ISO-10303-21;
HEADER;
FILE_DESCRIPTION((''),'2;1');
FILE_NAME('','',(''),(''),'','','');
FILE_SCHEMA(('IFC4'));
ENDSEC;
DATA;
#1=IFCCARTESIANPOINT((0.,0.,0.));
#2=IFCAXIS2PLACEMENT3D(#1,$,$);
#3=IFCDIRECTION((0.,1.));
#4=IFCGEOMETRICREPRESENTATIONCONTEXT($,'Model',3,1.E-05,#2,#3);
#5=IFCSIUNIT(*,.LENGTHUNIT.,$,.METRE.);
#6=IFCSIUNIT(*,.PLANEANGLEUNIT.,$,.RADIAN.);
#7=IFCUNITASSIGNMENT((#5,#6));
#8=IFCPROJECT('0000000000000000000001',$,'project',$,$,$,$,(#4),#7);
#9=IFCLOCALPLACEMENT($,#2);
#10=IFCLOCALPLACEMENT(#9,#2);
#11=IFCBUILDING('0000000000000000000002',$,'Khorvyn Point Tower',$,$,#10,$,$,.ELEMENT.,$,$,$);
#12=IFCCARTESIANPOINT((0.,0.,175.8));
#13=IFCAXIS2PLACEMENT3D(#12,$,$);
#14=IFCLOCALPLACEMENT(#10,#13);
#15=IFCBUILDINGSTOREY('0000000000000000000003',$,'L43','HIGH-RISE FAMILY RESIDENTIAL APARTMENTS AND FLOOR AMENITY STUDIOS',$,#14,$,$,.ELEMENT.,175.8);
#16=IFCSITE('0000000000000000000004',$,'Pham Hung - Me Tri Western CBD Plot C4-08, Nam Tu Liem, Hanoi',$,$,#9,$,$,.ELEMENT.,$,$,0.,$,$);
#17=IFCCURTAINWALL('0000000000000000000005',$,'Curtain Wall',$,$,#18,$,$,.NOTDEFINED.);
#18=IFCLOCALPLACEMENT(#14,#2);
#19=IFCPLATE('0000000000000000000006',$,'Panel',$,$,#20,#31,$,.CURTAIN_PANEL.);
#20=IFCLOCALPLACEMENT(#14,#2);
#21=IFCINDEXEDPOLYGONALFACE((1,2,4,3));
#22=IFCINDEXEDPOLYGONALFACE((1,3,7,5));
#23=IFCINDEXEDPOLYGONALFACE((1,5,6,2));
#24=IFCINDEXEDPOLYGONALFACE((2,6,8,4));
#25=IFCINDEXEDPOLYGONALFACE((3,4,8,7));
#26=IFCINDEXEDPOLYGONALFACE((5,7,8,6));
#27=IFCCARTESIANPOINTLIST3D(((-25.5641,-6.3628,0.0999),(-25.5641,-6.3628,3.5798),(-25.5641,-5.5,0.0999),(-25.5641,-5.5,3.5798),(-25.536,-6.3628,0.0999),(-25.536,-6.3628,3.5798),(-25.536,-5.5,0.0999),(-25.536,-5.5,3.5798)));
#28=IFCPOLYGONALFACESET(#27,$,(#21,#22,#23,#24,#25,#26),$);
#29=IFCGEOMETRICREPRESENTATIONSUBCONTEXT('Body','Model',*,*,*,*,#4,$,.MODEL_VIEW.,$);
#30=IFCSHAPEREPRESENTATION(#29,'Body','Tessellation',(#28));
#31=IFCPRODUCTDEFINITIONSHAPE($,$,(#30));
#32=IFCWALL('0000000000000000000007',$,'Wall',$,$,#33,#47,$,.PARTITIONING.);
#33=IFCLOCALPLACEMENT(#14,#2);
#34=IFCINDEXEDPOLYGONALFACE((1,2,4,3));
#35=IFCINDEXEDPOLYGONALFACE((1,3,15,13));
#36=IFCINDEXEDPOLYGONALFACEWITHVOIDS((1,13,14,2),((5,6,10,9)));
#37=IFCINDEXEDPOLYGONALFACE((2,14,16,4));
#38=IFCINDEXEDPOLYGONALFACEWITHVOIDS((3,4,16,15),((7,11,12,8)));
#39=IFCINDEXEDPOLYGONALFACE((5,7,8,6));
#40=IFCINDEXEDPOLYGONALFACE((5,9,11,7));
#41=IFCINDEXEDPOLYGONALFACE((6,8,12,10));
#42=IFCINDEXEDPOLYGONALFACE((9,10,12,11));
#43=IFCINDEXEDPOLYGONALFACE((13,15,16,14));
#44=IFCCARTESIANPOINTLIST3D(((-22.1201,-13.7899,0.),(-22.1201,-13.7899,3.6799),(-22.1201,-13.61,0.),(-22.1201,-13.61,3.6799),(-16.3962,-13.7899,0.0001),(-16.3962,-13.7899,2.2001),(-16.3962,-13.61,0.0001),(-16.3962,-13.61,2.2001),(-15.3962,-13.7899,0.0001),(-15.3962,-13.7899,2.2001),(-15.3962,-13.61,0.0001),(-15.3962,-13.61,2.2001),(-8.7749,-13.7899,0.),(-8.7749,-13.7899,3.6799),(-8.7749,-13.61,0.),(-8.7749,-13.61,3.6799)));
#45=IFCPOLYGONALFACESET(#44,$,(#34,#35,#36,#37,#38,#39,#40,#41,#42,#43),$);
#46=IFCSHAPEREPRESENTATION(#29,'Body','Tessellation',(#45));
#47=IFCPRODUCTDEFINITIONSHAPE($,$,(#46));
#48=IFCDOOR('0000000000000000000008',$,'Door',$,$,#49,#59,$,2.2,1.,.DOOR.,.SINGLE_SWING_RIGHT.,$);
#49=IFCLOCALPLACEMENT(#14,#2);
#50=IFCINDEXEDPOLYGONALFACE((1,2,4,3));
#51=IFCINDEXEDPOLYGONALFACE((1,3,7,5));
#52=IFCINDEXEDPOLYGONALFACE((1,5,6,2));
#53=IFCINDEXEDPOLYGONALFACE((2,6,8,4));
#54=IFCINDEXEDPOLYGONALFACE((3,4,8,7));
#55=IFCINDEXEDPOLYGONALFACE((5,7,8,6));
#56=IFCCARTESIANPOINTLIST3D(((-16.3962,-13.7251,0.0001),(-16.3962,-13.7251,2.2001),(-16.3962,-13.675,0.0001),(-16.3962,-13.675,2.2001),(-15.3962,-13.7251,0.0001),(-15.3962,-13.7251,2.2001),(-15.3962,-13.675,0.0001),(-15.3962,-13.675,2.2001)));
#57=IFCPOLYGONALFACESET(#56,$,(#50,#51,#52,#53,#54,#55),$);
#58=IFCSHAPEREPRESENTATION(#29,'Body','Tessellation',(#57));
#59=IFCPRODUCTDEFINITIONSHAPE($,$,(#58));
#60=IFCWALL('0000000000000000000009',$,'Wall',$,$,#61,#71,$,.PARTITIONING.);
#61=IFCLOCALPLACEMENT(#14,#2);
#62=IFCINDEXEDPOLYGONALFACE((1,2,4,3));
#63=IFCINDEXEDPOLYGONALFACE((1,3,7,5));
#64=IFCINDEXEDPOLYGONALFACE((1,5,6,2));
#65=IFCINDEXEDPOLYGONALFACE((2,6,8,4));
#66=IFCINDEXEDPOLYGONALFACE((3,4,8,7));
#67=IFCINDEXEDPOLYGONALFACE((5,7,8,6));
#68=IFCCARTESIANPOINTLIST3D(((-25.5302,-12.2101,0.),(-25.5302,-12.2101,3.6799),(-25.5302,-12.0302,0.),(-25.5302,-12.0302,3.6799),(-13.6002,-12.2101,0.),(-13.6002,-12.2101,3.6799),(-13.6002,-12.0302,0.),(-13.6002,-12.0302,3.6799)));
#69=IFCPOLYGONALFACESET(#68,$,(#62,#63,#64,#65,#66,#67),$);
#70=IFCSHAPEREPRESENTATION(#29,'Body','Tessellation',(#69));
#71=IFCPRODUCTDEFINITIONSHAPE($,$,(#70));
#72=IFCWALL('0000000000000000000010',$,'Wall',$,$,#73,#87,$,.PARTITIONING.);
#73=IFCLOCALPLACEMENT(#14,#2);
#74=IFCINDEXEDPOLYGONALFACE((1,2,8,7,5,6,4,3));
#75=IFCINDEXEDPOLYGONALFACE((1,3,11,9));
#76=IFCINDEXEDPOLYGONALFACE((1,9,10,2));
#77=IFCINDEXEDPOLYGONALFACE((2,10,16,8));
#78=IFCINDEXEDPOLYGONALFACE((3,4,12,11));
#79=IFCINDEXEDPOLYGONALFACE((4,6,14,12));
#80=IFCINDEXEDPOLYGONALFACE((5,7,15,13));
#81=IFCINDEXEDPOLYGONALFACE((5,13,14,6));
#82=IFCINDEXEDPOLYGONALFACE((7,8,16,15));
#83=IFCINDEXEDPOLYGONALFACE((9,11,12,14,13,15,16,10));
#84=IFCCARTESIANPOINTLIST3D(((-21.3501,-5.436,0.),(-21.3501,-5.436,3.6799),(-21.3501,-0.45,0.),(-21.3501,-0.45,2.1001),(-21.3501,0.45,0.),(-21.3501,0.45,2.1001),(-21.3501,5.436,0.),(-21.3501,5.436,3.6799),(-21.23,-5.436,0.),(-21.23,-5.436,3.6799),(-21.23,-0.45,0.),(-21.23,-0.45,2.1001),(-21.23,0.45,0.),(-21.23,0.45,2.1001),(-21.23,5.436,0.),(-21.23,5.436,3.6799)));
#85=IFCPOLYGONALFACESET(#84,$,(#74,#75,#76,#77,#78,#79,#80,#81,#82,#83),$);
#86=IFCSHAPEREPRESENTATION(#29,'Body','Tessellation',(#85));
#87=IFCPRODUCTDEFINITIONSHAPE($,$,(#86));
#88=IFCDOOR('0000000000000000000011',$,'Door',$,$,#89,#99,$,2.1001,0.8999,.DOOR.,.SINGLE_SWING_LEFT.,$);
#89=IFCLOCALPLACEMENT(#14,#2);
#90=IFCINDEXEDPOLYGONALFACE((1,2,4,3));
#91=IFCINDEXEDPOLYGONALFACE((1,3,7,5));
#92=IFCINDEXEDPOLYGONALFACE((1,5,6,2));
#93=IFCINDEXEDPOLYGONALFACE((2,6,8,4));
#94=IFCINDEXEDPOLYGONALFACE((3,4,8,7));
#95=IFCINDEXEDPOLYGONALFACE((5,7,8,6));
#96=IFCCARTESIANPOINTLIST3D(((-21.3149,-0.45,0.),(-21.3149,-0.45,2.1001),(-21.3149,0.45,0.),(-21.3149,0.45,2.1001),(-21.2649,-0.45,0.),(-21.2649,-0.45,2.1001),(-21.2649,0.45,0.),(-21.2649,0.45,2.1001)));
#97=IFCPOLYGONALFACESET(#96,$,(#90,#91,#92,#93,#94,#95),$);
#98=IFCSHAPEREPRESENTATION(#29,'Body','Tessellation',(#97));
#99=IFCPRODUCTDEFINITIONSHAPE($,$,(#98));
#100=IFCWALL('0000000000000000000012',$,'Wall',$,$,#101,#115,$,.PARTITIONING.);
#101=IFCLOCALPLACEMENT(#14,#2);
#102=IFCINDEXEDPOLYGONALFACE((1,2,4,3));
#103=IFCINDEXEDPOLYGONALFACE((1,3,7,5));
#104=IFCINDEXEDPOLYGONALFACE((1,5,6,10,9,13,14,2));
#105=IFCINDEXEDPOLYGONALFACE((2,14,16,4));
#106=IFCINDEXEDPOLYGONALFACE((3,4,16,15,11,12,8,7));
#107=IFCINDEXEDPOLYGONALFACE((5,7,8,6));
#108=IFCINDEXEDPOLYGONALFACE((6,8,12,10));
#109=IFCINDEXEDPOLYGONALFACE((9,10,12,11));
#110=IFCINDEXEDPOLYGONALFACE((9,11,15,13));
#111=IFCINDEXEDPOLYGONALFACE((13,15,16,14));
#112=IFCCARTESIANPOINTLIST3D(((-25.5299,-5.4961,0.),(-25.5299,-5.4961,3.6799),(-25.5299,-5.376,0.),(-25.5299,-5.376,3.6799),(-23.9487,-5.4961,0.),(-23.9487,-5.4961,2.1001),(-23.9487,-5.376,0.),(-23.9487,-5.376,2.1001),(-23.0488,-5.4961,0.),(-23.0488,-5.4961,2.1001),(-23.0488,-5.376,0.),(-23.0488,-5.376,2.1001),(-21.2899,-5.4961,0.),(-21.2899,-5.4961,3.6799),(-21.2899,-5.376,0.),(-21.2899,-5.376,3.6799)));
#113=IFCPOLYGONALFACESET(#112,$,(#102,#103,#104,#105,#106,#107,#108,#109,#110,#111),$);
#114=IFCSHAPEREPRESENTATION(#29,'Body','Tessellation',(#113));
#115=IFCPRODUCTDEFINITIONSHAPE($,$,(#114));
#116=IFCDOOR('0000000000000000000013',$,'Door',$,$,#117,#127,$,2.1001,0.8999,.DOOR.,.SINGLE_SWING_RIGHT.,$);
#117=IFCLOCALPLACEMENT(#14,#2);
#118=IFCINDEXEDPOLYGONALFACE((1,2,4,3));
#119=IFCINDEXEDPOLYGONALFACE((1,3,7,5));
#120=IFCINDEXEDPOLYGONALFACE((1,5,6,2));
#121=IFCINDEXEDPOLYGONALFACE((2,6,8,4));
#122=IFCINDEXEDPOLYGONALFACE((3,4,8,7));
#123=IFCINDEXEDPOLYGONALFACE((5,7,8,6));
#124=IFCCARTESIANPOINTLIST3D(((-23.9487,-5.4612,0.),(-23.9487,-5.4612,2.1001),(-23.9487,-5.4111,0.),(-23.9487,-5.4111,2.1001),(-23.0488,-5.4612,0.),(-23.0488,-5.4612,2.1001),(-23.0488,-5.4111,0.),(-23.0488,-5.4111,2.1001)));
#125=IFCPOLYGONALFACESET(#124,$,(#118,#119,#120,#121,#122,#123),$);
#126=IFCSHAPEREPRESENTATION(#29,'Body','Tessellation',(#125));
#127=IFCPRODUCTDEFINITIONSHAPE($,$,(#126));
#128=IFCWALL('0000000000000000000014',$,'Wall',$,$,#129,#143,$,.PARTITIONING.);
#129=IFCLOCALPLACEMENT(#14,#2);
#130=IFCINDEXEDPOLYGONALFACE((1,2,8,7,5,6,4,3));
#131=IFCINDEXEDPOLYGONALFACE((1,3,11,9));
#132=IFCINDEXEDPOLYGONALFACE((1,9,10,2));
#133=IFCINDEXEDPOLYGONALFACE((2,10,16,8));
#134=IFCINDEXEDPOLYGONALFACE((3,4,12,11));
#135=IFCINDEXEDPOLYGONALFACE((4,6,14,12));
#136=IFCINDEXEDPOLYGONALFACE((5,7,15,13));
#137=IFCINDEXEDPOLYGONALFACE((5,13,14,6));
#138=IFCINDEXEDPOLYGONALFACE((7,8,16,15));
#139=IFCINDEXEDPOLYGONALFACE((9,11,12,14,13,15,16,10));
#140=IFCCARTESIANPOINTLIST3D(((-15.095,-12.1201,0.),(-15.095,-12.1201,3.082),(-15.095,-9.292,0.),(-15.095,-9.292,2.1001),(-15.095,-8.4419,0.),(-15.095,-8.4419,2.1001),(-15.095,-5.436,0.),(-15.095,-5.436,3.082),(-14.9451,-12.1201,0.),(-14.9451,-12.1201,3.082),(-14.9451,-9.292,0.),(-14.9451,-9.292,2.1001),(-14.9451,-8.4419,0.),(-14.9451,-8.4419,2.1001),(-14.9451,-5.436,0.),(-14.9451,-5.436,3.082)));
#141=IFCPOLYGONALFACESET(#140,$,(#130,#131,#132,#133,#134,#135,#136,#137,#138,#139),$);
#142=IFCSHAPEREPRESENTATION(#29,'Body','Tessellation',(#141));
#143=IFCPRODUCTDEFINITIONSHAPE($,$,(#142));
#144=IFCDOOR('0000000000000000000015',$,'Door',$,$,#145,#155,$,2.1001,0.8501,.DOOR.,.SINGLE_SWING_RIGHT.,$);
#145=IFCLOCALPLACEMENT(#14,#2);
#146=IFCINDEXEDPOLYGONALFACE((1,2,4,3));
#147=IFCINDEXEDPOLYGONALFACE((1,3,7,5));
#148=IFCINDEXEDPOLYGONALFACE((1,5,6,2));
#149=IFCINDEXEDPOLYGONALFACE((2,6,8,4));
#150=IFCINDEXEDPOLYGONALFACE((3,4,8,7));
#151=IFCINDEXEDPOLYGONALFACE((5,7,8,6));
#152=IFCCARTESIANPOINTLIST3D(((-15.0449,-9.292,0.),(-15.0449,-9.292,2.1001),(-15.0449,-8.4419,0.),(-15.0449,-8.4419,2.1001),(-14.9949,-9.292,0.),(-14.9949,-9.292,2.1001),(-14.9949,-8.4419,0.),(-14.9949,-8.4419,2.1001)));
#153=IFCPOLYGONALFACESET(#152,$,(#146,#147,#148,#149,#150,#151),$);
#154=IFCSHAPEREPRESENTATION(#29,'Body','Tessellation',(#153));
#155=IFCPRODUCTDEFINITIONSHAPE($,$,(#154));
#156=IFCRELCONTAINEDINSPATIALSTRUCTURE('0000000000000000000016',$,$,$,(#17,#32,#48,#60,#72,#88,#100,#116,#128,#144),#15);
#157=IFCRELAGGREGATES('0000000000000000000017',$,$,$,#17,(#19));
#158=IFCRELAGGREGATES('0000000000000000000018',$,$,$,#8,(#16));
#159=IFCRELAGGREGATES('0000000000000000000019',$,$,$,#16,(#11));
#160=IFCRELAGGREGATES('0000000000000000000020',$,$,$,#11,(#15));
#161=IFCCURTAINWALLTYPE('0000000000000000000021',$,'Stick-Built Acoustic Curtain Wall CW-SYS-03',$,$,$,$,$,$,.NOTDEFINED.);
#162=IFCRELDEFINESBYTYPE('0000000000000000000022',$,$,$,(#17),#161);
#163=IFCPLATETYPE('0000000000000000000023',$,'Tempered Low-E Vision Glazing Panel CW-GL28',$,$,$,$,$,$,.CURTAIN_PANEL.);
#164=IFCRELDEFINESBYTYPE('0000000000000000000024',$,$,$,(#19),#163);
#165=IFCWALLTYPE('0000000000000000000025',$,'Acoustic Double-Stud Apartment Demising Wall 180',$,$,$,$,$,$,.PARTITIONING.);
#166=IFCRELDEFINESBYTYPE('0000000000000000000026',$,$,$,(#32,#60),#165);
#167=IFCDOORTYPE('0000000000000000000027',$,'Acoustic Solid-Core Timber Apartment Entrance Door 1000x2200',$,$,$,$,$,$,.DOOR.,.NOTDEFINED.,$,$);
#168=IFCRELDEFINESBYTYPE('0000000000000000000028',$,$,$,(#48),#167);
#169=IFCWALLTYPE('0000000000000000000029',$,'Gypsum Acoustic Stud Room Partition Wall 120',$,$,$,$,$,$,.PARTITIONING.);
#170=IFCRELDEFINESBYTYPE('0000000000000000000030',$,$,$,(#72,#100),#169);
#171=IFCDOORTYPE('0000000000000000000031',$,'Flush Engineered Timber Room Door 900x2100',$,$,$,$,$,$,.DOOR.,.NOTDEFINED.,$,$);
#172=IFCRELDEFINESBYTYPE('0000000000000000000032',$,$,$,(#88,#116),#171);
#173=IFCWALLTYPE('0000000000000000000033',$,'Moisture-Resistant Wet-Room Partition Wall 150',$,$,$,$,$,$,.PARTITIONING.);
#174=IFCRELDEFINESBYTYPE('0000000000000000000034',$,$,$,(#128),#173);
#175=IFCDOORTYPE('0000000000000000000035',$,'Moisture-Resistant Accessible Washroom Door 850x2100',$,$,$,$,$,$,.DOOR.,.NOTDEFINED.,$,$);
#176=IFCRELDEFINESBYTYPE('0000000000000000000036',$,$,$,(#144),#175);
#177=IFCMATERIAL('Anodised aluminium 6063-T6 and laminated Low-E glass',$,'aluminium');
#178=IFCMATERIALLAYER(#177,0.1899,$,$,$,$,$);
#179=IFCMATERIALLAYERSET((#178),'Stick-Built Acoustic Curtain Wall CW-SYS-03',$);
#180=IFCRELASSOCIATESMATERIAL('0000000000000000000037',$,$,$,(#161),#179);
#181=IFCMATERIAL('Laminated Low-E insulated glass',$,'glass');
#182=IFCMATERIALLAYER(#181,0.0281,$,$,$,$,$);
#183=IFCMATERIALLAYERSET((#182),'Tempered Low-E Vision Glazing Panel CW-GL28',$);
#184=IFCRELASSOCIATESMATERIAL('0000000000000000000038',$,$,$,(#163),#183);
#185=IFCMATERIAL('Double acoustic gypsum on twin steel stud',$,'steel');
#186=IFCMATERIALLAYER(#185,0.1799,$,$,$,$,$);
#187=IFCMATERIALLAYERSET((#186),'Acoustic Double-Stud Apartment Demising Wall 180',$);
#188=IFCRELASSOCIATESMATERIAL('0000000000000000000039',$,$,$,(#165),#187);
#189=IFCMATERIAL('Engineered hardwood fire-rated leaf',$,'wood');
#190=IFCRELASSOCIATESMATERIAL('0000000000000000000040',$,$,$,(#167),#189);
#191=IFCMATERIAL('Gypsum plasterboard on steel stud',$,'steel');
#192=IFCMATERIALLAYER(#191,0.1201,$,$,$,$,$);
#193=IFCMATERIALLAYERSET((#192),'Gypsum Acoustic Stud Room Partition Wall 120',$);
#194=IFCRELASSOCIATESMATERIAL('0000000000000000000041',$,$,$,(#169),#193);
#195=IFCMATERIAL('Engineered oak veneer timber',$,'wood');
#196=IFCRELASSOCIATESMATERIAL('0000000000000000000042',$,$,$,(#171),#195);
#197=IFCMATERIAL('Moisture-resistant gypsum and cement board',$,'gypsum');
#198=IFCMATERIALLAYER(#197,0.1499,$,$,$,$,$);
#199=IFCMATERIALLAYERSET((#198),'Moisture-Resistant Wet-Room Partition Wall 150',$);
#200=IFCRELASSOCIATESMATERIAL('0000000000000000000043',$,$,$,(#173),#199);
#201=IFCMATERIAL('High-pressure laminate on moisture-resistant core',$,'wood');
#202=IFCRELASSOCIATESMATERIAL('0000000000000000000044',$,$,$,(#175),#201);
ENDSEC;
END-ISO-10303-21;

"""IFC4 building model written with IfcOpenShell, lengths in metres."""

from ifc_helpers import new_model, si_unit, direction, frame, frame_2d, origin, origin_2d, place, context, subcontext, project, spatial, rectangle, extrude, material, layer, layer_set, type_object, element, fill, aggregate, save


model = new_model("IFC4")

# Units and contexts
model_context = context("Model", 3, precision=1e-05, world=origin(), true_north=direction((0.0, 1.0)))
body_context = subcontext(model_context, "Body", "Model", "MODEL_VIEW")
ifc_project = project(units=[si_unit("LENGTHUNIT", "METRE"), si_unit("PLANEANGLEUNIT", "RADIAN")], contexts=[model_context])

# Site, building, storey
site_placement = place(None, origin())
site = spatial("IfcSite", under=ifc_project, at=site_placement, Name="Pham Hung - Me Tri Western CBD Plot C4-08, Nam Tu Liem, Hanoi", CompositionType="ELEMENT", RefElevation=0.0)
building_placement = place(site_placement, origin())
building = spatial("IfcBuilding", under=site, at=building_placement, Name="Khorvyn Point Tower", CompositionType="ELEMENT")
storey_placement = place(building_placement, frame((0.0, 0.0, 175.8)))
storey = spatial("IfcBuildingStorey", under=building, at=storey_placement, Name="L43", Description="HIGH-RISE FAMILY RESIDENTIAL APARTMENTS AND FLOOR AMENITY STUDIOS", CompositionType="ELEMENT", Elevation=175.8)

# Curtain wall
ifc_material_1 = material(Name="Anodised aluminium 6063-T6 and laminated Low-E glass", Category="aluminium")
ifc_layer_1 = layer(ifc_material_1, 0.1899)
ifc_layer_set_1 = layer_set([ifc_layer_1], Name="Stick-Built Acoustic Curtain Wall CW-SYS-03")
curtain_wall_type = type_object("IfcCurtainWallType", Name="Stick-Built Acoustic Curtain Wall CW-SYS-03", PredefinedType="NOTDEFINED", material=ifc_layer_set_1)
curtain_wall_placement = place(storey_placement, origin())
curtain_wall = element("IfcCurtainWall", 1, at=curtain_wall_placement, inside=storey, type_object=curtain_wall_type, Name="Curtain Wall", PredefinedType="NOTDEFINED")

# Plate
ifc_material_2 = material(Name="Laminated Low-E insulated glass", Category="glass")
ifc_layer_2 = layer(ifc_material_2, 0.0281)
ifc_layer_set_2 = layer_set([ifc_layer_2], Name="Tempered Low-E Vision Glazing Panel CW-GL28")
plate_type = type_object("IfcPlateType", Name="Tempered Low-E Vision Glazing Panel CW-GL28", PredefinedType="CURTAIN_PANEL", material=ifc_layer_set_2)
plate_1_placement = place(storey_placement, frame((-25.55, -5.9314, 0.0999), z_axis=(0.0, 0.0, 1.0), x_axis=(0.0, 1.0, 0.0)))
plate_1 = element("IfcPlate", 2, at=plate_1_placement, type_object=plate_type, Name="Panel", PredefinedType="CURTAIN_PANEL", context=body_context, shape_type="SweptSolid", body=[
    extrude(rectangle(XDim=0.8628, YDim=0.0281, at=origin_2d()), origin(), (0.0, 0.0, 1.0), 3.48),
])
aggregate(curtain_wall, [plate_1])

# Wall, opening, door
ifc_material_3 = material(Name="Double acoustic gypsum on twin steel stud", Category="steel")
ifc_layer_3 = layer(ifc_material_3, 0.1799)
ifc_layer_set_3 = layer_set([ifc_layer_3], Name="Acoustic Double-Stud Apartment Demising Wall 180")
wall_type_1 = type_object("IfcWallType", Name="Acoustic Double-Stud Apartment Demising Wall 180", PredefinedType="PARTITIONING", material=ifc_layer_set_3)
wall_1_placement = place(storey_placement, frame((-22.1201, -13.7, 0.0), z_axis=(0.0, 0.0, 1.0), x_axis=(1.0, 0.0, 0.0)))
wall_1 = element("IfcWall", 3, at=wall_1_placement, inside=storey, type_object=wall_type_1, Name="Wall", PredefinedType="PARTITIONING", context=body_context, shape_type="SweptSolid", body=[
    extrude(rectangle(XDim=13.3452, YDim=0.1799, at=frame_2d((6.6726, 0.0))), origin(), (0.0, 0.0, 1.0), 3.6799),
])
opening_1_placement = place(wall_1_placement, frame((5.7239, 0.0, 0.0)))
opening_1 = element("IfcOpeningElement", 4, at=opening_1_placement, cuts=wall_1, PredefinedType="OPENING", context=body_context, shape_type="SweptSolid", body=[
    extrude(rectangle(XDim=1.0, YDim=2.2, at=frame_2d((0.5, 1.1001))), frame((0.0, 0.0999, 0.0), z_axis=(0.0, -1.0, 0.0), x_axis=(1.0, 0.0, 0.0)), (0.0, 0.0, 1.0), 0.2),
])
ifc_material_4 = material(Name="Engineered hardwood fire-rated leaf", Category="wood")
door_type_1 = type_object("IfcDoorType", Name="Acoustic Solid-Core Timber Apartment Entrance Door 1000x2200", OperationType="NOTDEFINED", PredefinedType="DOOR", material=ifc_material_4)
door_1_placement = place(opening_1_placement, origin())
door_1 = element("IfcDoor", 5, at=door_1_placement, inside=storey, type_object=door_type_1, Name="Door", OperationType="SINGLE_SWING_RIGHT", OverallHeight=2.2, OverallWidth=1.0, PredefinedType="DOOR", context=body_context, shape_type="SweptSolid", body=[
    extrude(rectangle(XDim=1.0, YDim=2.2, at=frame_2d((0.5, 1.1001))), frame((0.0, 0.0249, 0.0), z_axis=(0.0, -1.0, 0.0), x_axis=(1.0, 0.0, 0.0)), (0.0, 0.0, 1.0), 0.05),
])
fill(opening_1, door_1)

# Wall
wall_2_placement = place(storey_placement, frame((-25.53, -12.1201, 0.0), z_axis=(0.0, 0.0, 1.0), x_axis=(1.0, 0.0, 0.0)))
element("IfcWall", 6, at=wall_2_placement, inside=storey, type_object=wall_type_1, Name="Wall", PredefinedType="PARTITIONING", context=body_context, shape_type="SweptSolid", body=[
    extrude(rectangle(XDim=11.9299, YDim=0.1799, at=frame_2d((5.9648, 0.0))), origin(), (0.0, 0.0, 1.0), 3.6799),
])

# Walls, openings, doors
ifc_material_5 = material(Name="Gypsum plasterboard on steel stud", Category="steel")
ifc_layer_4 = layer(ifc_material_5, 0.1201)
ifc_layer_set_4 = layer_set([ifc_layer_4], Name="Gypsum Acoustic Stud Room Partition Wall 120")
wall_type_2 = type_object("IfcWallType", Name="Gypsum Acoustic Stud Room Partition Wall 120", PredefinedType="PARTITIONING", material=ifc_layer_set_4)
wall_3_placement = place(storey_placement, frame((-21.29, -5.436, 0.0), z_axis=(0.0, 0.0, 1.0), x_axis=(0.0, 1.0, 0.0)))
wall_3 = element("IfcWall", 7, at=wall_3_placement, inside=storey, type_object=wall_type_2, Name="Wall", PredefinedType="PARTITIONING", context=body_context, shape_type="SweptSolid", body=[
    extrude(rectangle(XDim=10.8721, YDim=0.1201, at=frame_2d((5.436, 0.0))), origin(), (0.0, 0.0, 1.0), 3.6799),
])
opening_2_placement = place(wall_3_placement, frame((4.9861, 0.0, 0.0)))
opening_2 = element("IfcOpeningElement", 8, at=opening_2_placement, cuts=wall_3, PredefinedType="OPENING", context=body_context, shape_type="SweptSolid", body=[
    extrude(rectangle(XDim=0.8999, YDim=2.1001, at=frame_2d((0.45, 1.05))), frame((0.0, 0.0701, 0.0), z_axis=(0.0, -1.0, 0.0), x_axis=(1.0, 0.0, 0.0)), (0.0, 0.0, 1.0), 0.1401),
])
ifc_material_6 = material(Name="Engineered oak veneer timber", Category="wood")
door_type_2 = type_object("IfcDoorType", Name="Flush Engineered Timber Room Door 900x2100", OperationType="NOTDEFINED", PredefinedType="DOOR", material=ifc_material_6)
door_2_placement = place(opening_2_placement, origin())
door_2 = element("IfcDoor", 9, at=door_2_placement, inside=storey, type_object=door_type_2, Name="Door", OperationType="SINGLE_SWING_LEFT", OverallHeight=2.1001, OverallWidth=0.8999, PredefinedType="DOOR", context=body_context, shape_type="SweptSolid", body=[
    extrude(rectangle(XDim=0.8999, YDim=2.1001, at=frame_2d((0.45, 1.05))), frame((0.0, 0.0249, 0.0), z_axis=(0.0, -1.0, 0.0), x_axis=(1.0, 0.0, 0.0)), (0.0, 0.0, 1.0), 0.05),
])
fill(opening_2, door_2)
wall_4_placement = place(storey_placement, frame((-25.53, -5.436, 0.0), z_axis=(0.0, 0.0, 1.0), x_axis=(1.0, 0.0, 0.0)))
wall_4 = element("IfcWall", 10, at=wall_4_placement, inside=storey, type_object=wall_type_2, Name="Wall", PredefinedType="PARTITIONING", context=body_context, shape_type="SweptSolid", body=[
    extrude(rectangle(XDim=4.24, YDim=0.1201, at=frame_2d((2.1201, 0.0))), origin(), (0.0, 0.0, 1.0), 3.6799),
])
opening_3_placement = place(wall_4_placement, frame((1.5813, 0.0, 0.0)))
opening_3 = element("IfcOpeningElement", 11, at=opening_3_placement, cuts=wall_4, PredefinedType="OPENING", context=body_context, shape_type="SweptSolid", body=[
    extrude(rectangle(XDim=0.8999, YDim=2.1001, at=frame_2d((0.45, 1.05))), frame((0.0, 0.0701, 0.0), z_axis=(0.0, -1.0, 0.0), x_axis=(1.0, 0.0, 0.0)), (0.0, 0.0, 1.0), 0.1401),
])
door_3_placement = place(opening_3_placement, origin())
door_3 = element("IfcDoor", 12, at=door_3_placement, inside=storey, type_object=door_type_2, Name="Door", OperationType="SINGLE_SWING_RIGHT", OverallHeight=2.1001, OverallWidth=0.8999, PredefinedType="DOOR", context=body_context, shape_type="SweptSolid", body=[
    extrude(rectangle(XDim=0.8999, YDim=2.1001, at=frame_2d((0.45, 1.05))), frame((0.0, 0.0249, 0.0), z_axis=(0.0, -1.0, 0.0), x_axis=(1.0, 0.0, 0.0)), (0.0, 0.0, 1.0), 0.05),
])
fill(opening_3, door_3)
ifc_material_7 = material(Name="Moisture-resistant gypsum and cement board", Category="gypsum")
ifc_layer_5 = layer(ifc_material_7, 0.1499)
ifc_layer_set_5 = layer_set([ifc_layer_5], Name="Moisture-Resistant Wet-Room Partition Wall 150")
wall_type_3 = type_object("IfcWallType", Name="Moisture-Resistant Wet-Room Partition Wall 150", PredefinedType="PARTITIONING", material=ifc_layer_set_5)
wall_5_placement = place(storey_placement, frame((-15.02, -12.1201, 0.0), z_axis=(0.0, 0.0, 1.0), x_axis=(0.0, 1.0, 0.0)))
wall_5 = element("IfcWall", 13, at=wall_5_placement, inside=storey, type_object=wall_type_3, Name="Wall", PredefinedType="PARTITIONING", context=body_context, shape_type="SweptSolid", body=[
    extrude(rectangle(XDim=6.6841, YDim=0.1499, at=frame_2d((3.342, 0.0))), origin(), (0.0, 0.0, 1.0), 3.082),
])
opening_4_placement = place(wall_5_placement, frame((2.8281, 0.0, 0.0)))
opening_4 = element("IfcOpeningElement", 14, at=opening_4_placement, cuts=wall_5, PredefinedType="OPENING", context=body_context, shape_type="SweptSolid", body=[
    extrude(rectangle(XDim=0.8501, YDim=2.1001, at=frame_2d((0.425, 1.05))), frame((0.0, 0.085, 0.0), z_axis=(0.0, -1.0, 0.0), x_axis=(1.0, 0.0, 0.0)), (0.0, 0.0, 1.0), 0.1699),
])
ifc_material_8 = material(Name="High-pressure laminate on moisture-resistant core", Category="wood")
door_type_3 = type_object("IfcDoorType", Name="Moisture-Resistant Accessible Washroom Door 850x2100", OperationType="NOTDEFINED", PredefinedType="DOOR", material=ifc_material_8)
door_4_placement = place(opening_4_placement, origin())
door_4 = element("IfcDoor", 15, at=door_4_placement, inside=storey, type_object=door_type_3, Name="Door", OperationType="SINGLE_SWING_RIGHT", OverallHeight=2.1001, OverallWidth=0.8501, PredefinedType="DOOR", context=body_context, shape_type="SweptSolid", body=[
    extrude(rectangle(XDim=0.8501, YDim=2.1001, at=frame_2d((0.425, 1.05))), frame((0.0, 0.0249, 0.0), z_axis=(0.0, -1.0, 0.0), x_axis=(1.0, 0.0, 0.0)), (0.0, 0.0, 1.0), 0.05),
])
fill(opening_4, door_4)

save(model, "model.ifc")
